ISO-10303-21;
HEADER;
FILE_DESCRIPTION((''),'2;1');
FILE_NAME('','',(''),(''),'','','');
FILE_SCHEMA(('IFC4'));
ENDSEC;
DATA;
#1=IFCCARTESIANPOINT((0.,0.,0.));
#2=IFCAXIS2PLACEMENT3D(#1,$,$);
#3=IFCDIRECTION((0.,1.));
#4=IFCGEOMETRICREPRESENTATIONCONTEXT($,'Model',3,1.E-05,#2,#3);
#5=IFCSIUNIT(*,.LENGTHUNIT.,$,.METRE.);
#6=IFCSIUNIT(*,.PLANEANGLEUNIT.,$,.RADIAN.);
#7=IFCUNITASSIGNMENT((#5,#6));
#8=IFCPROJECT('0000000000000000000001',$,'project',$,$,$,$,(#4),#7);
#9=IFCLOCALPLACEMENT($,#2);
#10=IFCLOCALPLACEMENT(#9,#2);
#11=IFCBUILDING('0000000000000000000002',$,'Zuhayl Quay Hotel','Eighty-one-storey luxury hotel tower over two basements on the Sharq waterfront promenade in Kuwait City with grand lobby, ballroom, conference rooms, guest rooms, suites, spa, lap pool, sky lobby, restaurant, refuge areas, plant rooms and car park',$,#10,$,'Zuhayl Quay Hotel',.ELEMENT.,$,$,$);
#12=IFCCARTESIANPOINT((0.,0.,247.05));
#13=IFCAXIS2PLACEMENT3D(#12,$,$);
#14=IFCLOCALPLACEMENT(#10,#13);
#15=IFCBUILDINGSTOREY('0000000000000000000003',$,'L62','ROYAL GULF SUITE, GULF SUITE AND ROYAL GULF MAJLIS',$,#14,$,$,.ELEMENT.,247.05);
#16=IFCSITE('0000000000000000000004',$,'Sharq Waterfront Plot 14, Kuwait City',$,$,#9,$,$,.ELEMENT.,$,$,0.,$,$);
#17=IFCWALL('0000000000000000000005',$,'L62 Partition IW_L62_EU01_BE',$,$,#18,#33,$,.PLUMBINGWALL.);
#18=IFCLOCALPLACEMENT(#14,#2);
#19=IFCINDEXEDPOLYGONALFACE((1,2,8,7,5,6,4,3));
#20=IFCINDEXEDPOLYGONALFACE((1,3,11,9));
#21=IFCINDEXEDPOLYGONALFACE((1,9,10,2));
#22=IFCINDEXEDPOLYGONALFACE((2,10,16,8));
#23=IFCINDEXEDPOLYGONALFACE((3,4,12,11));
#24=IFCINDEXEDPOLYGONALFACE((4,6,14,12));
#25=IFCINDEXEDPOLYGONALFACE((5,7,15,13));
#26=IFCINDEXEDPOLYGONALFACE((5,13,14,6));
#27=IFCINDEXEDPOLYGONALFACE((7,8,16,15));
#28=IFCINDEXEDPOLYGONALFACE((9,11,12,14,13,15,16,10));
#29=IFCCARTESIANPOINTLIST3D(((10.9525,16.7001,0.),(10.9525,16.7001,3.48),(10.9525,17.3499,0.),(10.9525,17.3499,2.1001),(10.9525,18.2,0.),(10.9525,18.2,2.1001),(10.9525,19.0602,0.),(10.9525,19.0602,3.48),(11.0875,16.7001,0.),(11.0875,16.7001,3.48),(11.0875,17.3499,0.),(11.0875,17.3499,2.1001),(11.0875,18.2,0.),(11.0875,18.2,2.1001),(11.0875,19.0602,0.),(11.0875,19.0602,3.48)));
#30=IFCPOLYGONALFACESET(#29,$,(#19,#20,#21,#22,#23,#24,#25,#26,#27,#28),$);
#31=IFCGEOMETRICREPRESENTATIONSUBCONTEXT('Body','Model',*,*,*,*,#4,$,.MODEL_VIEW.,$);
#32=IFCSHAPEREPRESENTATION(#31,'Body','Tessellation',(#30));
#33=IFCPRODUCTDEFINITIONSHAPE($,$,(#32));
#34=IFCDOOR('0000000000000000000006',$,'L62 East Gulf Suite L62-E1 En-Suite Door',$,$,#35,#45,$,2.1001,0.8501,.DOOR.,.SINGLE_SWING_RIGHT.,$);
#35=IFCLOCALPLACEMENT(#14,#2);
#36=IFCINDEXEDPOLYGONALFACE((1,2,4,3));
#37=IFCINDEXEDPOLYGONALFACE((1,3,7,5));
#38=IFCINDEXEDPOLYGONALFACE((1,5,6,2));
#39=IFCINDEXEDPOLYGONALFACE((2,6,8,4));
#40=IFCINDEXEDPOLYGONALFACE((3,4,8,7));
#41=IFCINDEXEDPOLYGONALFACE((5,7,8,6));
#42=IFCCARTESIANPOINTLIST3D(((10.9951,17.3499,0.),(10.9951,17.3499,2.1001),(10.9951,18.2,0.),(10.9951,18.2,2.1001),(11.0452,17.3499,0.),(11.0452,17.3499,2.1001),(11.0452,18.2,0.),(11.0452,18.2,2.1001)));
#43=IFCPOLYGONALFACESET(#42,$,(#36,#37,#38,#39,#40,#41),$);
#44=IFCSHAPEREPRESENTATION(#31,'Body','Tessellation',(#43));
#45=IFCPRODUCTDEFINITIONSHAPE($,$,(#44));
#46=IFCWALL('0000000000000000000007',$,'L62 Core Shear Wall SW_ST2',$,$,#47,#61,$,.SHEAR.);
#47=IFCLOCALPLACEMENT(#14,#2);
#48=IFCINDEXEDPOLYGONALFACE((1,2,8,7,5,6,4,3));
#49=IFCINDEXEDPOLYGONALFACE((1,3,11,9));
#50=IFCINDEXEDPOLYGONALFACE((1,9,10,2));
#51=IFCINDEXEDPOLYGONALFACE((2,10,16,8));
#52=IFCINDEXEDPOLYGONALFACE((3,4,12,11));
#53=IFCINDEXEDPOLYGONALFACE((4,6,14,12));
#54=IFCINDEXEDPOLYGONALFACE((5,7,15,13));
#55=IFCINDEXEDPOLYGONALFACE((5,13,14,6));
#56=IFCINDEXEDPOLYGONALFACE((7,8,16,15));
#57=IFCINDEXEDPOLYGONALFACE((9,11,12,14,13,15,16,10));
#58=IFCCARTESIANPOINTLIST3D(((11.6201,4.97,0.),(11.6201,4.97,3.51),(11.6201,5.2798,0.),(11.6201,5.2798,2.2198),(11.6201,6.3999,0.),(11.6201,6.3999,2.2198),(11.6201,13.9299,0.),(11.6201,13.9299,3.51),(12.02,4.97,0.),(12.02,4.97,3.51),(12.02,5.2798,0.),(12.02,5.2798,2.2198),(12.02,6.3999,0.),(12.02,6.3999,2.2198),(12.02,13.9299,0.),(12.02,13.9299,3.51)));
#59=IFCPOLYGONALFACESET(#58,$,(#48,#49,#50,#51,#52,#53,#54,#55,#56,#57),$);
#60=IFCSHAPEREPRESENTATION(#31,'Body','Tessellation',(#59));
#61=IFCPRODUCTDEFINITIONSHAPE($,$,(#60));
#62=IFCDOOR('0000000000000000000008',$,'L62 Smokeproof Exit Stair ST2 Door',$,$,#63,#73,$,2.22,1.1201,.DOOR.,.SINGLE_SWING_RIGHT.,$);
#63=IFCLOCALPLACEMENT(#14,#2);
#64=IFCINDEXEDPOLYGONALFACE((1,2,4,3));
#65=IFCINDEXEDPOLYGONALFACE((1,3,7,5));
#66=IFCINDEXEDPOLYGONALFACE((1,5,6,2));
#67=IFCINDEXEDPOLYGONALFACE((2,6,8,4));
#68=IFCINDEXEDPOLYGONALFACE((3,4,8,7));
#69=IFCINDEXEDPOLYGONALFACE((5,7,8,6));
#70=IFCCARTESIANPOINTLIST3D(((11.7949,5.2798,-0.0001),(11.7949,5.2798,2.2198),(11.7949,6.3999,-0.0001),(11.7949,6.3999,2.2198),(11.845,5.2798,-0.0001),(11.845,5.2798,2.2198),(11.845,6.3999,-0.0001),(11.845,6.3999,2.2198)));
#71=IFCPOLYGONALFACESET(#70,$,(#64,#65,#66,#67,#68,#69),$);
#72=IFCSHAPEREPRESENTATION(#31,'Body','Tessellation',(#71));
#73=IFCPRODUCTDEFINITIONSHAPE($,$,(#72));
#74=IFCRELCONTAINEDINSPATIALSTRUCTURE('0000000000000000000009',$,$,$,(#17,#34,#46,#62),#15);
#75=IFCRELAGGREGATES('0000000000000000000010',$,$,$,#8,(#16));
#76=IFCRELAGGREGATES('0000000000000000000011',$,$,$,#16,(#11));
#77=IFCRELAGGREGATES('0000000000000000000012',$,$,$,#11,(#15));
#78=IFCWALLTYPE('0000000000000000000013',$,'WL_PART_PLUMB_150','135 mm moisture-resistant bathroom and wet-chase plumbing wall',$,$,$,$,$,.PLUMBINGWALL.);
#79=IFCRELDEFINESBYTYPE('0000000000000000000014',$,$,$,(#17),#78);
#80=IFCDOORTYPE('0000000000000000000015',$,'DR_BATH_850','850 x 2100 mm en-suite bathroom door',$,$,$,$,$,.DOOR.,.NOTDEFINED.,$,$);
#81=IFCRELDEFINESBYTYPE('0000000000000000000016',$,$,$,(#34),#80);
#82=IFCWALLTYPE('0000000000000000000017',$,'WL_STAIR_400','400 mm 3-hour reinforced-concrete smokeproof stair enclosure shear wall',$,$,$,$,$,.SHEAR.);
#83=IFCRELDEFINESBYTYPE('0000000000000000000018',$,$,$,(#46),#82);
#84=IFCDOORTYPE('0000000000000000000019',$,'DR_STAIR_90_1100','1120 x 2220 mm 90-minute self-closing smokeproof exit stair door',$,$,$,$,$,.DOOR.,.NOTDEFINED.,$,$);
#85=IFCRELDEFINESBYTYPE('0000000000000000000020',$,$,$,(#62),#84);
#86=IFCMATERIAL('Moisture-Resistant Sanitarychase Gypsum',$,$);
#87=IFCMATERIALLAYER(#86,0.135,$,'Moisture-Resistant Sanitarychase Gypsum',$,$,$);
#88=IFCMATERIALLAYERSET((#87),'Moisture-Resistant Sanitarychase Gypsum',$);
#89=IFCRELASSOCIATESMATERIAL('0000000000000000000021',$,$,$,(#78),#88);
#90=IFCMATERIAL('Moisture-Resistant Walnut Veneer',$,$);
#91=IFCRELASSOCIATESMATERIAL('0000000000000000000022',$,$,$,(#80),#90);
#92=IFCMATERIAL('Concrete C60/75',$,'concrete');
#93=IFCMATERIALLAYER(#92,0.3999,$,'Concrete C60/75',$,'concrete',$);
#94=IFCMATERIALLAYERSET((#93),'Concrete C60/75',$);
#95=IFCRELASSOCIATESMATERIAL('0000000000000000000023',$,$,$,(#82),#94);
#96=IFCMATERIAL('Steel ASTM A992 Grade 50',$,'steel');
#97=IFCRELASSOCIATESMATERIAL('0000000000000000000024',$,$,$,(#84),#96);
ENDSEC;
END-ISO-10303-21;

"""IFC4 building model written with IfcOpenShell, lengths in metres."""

from ifc_helpers import new_model, si_unit, direction, frame, frame_2d, origin, place, context, subcontext, project, spatial, rectangle, extrude, material, layer, layer_set, type_object, element, fill, save


model = new_model("IFC4")

# Units and contexts
model_context = context("Model", 3, precision=1e-05, world=origin(), true_north=direction((0.0, 1.0)))
body_context = subcontext(model_context, "Body", "Model", "MODEL_VIEW")
ifc_project = project(units=[si_unit("LENGTHUNIT", "METRE"), si_unit("PLANEANGLEUNIT", "RADIAN")], contexts=[model_context])

# Site, building, storey
site_placement = place(None, origin())
site = spatial("IfcSite", under=ifc_project, at=site_placement, Name="Sharq Waterfront Plot 14, Kuwait City", CompositionType="ELEMENT", RefElevation=0.0)
building_placement = place(site_placement, origin())
building = spatial("IfcBuilding", under=site, at=building_placement, Name="Zuhayl Quay Hotel", Description="Eighty-one-storey luxury hotel tower over two basements on the Sharq waterfront promenade in Kuwait City with grand lobby, ballroom, conference rooms, guest rooms, suites, spa, lap pool, sky lobby, restaurant, refuge areas, plant rooms and car park", LongName="Zuhayl Quay Hotel", CompositionType="ELEMENT")
storey_placement = place(building_placement, frame((0.0, 0.0, 247.05)))
storey = spatial("IfcBuildingStorey", under=building, at=storey_placement, Name="L62", Description="ROYAL GULF SUITE, GULF SUITE AND ROYAL GULF MAJLIS", CompositionType="ELEMENT", Elevation=247.05)

# Shared definitions
ifc_material_1 = material(Name="Concrete C60/75", Category="concrete")

# Shared definitions
ifc_material_2 = material(Name="Steel ASTM A992 Grade 50", Category="steel")

# Walls, openings, doors
ifc_material_3 = material(Name="Moisture-Resistant Sanitarychase Gypsum")
ifc_layer_1 = layer(ifc_material_3, 0.135, Name="Moisture-Resistant Sanitarychase Gypsum")
ifc_layer_set_1 = layer_set([ifc_layer_1], Name="Moisture-Resistant Sanitarychase Gypsum")
wall_type_1 = type_object("IfcWallType", Name="WL_PART_PLUMB_150", Description="135 mm moisture-resistant bathroom and wet-chase plumbing wall", PredefinedType="PLUMBINGWALL", material=ifc_layer_set_1)
wall_1_placement = place(storey_placement, frame((11.02, 16.7, 0.0), z_axis=(0.0, 0.0, 1.0), x_axis=(0.0, 1.0, 0.0)))
wall_1 = element("IfcWall", 1, at=wall_1_placement, inside=storey, type_object=wall_type_1, Name="L62 Partition IW_L62_EU01_BE", PredefinedType="PLUMBINGWALL", context=body_context, shape_type="SweptSolid", body=[
    extrude(rectangle(XDim=2.3601, YDim=0.135, at=frame_2d((1.1802, 0.0))), origin(), (0.0, 0.0, 1.0), 3.48),
])
opening_1_placement = place(wall_1_placement, frame((0.6499, 0.0, 0.0)))
opening_1 = element("IfcOpeningElement", 2, at=opening_1_placement, cuts=wall_1, PredefinedType="OPENING", context=body_context, shape_type="SweptSolid", body=[
    extrude(rectangle(XDim=0.8501, YDim=2.1001, at=frame_2d((0.425, 1.05))), frame((0.0, 0.0774, 0.0), z_axis=(0.0, -1.0, 0.0), x_axis=(1.0, 0.0, 0.0)), (0.0, 0.0, 1.0), 0.155),
])
ifc_material_4 = material(Name="Moisture-Resistant Walnut Veneer")
door_type_1 = type_object("IfcDoorType", Name="DR_BATH_850", Description="850 x 2100 mm en-suite bathroom door", OperationType="NOTDEFINED", PredefinedType="DOOR", material=ifc_material_4)
door_1_placement = place(opening_1_placement, origin())
door_1 = element("IfcDoor", 3, at=door_1_placement, inside=storey, type_object=door_type_1, Name="L62 East Gulf Suite L62-E1 En-Suite Door", OperationType="SINGLE_SWING_RIGHT", OverallHeight=2.1001, OverallWidth=0.8501, PredefinedType="DOOR", context=body_context, shape_type="SweptSolid", body=[
    extrude(rectangle(XDim=0.8501, YDim=2.1001, at=frame_2d((0.425, 1.05))), frame((0.0, 0.0249, 0.0), z_axis=(0.0, -1.0, 0.0), x_axis=(1.0, 0.0, 0.0)), (0.0, 0.0, 1.0), 0.05),
])
fill(opening_1, door_1)
ifc_layer_2 = layer(ifc_material_1, 0.3999, Name="Concrete C60/75", Category="concrete")
ifc_layer_set_2 = layer_set([ifc_layer_2], Name="Concrete C60/75")
wall_type_2 = type_object("IfcWallType", Name="WL_STAIR_400", Description="400 mm 3-hour reinforced-concrete smokeproof stair enclosure shear wall", PredefinedType="SHEAR", material=ifc_layer_set_2)
wall_2_placement = place(storey_placement, frame((11.8201, 13.9299, 0.0), z_axis=(0.0, 0.0, 1.0), x_axis=(0.0, -1.0, 0.0)))
wall_2 = element("IfcWall", 4, at=wall_2_placement, inside=storey, type_object=wall_type_2, Name="L62 Core Shear Wall SW_ST2", PredefinedType="SHEAR", context=body_context, shape_type="SweptSolid", body=[
    extrude(rectangle(XDim=8.96, YDim=0.3999, at=frame_2d((4.48, 0.0))), origin(), (0.0, 0.0, 1.0), 3.51),
])
opening_2_placement = place(wall_2_placement, frame((7.53, 0.0, 0.0)))
opening_2 = element("IfcOpeningElement", 5, at=opening_2_placement, cuts=wall_2, PredefinedType="OPENING", context=body_context, shape_type="SweptSolid", body=[
    extrude(rectangle(XDim=1.1201, YDim=2.22, at=frame_2d((0.5601, 1.1099))), frame((0.0, 0.21, 0.0), z_axis=(0.0, -1.0, 0.0), x_axis=(1.0, 0.0, 0.0)), (0.0, 0.0, 1.0), 0.4199),
])
door_type_2 = type_object("IfcDoorType", Name="DR_STAIR_90_1100", Description="1120 x 2220 mm 90-minute self-closing smokeproof exit stair door", OperationType="NOTDEFINED", PredefinedType="DOOR", material=ifc_material_2)
door_2_placement = place(opening_2_placement, origin())
door_2 = element("IfcDoor", 6, at=door_2_placement, inside=storey, type_object=door_type_2, Name="L62 Smokeproof Exit Stair ST2 Door", OperationType="SINGLE_SWING_RIGHT", OverallHeight=2.22, OverallWidth=1.1201, PredefinedType="DOOR", context=body_context, shape_type="SweptSolid", body=[
    extrude(rectangle(XDim=1.1201, YDim=2.22, at=frame_2d((0.5601, 1.1099))), frame((0.0, 0.0249, 0.0), z_axis=(0.0, -1.0, 0.0), x_axis=(1.0, 0.0, 0.0)), (0.0, 0.0, 1.0), 0.05),
])
fill(opening_2, door_2)

save(model, "model.ifc")
